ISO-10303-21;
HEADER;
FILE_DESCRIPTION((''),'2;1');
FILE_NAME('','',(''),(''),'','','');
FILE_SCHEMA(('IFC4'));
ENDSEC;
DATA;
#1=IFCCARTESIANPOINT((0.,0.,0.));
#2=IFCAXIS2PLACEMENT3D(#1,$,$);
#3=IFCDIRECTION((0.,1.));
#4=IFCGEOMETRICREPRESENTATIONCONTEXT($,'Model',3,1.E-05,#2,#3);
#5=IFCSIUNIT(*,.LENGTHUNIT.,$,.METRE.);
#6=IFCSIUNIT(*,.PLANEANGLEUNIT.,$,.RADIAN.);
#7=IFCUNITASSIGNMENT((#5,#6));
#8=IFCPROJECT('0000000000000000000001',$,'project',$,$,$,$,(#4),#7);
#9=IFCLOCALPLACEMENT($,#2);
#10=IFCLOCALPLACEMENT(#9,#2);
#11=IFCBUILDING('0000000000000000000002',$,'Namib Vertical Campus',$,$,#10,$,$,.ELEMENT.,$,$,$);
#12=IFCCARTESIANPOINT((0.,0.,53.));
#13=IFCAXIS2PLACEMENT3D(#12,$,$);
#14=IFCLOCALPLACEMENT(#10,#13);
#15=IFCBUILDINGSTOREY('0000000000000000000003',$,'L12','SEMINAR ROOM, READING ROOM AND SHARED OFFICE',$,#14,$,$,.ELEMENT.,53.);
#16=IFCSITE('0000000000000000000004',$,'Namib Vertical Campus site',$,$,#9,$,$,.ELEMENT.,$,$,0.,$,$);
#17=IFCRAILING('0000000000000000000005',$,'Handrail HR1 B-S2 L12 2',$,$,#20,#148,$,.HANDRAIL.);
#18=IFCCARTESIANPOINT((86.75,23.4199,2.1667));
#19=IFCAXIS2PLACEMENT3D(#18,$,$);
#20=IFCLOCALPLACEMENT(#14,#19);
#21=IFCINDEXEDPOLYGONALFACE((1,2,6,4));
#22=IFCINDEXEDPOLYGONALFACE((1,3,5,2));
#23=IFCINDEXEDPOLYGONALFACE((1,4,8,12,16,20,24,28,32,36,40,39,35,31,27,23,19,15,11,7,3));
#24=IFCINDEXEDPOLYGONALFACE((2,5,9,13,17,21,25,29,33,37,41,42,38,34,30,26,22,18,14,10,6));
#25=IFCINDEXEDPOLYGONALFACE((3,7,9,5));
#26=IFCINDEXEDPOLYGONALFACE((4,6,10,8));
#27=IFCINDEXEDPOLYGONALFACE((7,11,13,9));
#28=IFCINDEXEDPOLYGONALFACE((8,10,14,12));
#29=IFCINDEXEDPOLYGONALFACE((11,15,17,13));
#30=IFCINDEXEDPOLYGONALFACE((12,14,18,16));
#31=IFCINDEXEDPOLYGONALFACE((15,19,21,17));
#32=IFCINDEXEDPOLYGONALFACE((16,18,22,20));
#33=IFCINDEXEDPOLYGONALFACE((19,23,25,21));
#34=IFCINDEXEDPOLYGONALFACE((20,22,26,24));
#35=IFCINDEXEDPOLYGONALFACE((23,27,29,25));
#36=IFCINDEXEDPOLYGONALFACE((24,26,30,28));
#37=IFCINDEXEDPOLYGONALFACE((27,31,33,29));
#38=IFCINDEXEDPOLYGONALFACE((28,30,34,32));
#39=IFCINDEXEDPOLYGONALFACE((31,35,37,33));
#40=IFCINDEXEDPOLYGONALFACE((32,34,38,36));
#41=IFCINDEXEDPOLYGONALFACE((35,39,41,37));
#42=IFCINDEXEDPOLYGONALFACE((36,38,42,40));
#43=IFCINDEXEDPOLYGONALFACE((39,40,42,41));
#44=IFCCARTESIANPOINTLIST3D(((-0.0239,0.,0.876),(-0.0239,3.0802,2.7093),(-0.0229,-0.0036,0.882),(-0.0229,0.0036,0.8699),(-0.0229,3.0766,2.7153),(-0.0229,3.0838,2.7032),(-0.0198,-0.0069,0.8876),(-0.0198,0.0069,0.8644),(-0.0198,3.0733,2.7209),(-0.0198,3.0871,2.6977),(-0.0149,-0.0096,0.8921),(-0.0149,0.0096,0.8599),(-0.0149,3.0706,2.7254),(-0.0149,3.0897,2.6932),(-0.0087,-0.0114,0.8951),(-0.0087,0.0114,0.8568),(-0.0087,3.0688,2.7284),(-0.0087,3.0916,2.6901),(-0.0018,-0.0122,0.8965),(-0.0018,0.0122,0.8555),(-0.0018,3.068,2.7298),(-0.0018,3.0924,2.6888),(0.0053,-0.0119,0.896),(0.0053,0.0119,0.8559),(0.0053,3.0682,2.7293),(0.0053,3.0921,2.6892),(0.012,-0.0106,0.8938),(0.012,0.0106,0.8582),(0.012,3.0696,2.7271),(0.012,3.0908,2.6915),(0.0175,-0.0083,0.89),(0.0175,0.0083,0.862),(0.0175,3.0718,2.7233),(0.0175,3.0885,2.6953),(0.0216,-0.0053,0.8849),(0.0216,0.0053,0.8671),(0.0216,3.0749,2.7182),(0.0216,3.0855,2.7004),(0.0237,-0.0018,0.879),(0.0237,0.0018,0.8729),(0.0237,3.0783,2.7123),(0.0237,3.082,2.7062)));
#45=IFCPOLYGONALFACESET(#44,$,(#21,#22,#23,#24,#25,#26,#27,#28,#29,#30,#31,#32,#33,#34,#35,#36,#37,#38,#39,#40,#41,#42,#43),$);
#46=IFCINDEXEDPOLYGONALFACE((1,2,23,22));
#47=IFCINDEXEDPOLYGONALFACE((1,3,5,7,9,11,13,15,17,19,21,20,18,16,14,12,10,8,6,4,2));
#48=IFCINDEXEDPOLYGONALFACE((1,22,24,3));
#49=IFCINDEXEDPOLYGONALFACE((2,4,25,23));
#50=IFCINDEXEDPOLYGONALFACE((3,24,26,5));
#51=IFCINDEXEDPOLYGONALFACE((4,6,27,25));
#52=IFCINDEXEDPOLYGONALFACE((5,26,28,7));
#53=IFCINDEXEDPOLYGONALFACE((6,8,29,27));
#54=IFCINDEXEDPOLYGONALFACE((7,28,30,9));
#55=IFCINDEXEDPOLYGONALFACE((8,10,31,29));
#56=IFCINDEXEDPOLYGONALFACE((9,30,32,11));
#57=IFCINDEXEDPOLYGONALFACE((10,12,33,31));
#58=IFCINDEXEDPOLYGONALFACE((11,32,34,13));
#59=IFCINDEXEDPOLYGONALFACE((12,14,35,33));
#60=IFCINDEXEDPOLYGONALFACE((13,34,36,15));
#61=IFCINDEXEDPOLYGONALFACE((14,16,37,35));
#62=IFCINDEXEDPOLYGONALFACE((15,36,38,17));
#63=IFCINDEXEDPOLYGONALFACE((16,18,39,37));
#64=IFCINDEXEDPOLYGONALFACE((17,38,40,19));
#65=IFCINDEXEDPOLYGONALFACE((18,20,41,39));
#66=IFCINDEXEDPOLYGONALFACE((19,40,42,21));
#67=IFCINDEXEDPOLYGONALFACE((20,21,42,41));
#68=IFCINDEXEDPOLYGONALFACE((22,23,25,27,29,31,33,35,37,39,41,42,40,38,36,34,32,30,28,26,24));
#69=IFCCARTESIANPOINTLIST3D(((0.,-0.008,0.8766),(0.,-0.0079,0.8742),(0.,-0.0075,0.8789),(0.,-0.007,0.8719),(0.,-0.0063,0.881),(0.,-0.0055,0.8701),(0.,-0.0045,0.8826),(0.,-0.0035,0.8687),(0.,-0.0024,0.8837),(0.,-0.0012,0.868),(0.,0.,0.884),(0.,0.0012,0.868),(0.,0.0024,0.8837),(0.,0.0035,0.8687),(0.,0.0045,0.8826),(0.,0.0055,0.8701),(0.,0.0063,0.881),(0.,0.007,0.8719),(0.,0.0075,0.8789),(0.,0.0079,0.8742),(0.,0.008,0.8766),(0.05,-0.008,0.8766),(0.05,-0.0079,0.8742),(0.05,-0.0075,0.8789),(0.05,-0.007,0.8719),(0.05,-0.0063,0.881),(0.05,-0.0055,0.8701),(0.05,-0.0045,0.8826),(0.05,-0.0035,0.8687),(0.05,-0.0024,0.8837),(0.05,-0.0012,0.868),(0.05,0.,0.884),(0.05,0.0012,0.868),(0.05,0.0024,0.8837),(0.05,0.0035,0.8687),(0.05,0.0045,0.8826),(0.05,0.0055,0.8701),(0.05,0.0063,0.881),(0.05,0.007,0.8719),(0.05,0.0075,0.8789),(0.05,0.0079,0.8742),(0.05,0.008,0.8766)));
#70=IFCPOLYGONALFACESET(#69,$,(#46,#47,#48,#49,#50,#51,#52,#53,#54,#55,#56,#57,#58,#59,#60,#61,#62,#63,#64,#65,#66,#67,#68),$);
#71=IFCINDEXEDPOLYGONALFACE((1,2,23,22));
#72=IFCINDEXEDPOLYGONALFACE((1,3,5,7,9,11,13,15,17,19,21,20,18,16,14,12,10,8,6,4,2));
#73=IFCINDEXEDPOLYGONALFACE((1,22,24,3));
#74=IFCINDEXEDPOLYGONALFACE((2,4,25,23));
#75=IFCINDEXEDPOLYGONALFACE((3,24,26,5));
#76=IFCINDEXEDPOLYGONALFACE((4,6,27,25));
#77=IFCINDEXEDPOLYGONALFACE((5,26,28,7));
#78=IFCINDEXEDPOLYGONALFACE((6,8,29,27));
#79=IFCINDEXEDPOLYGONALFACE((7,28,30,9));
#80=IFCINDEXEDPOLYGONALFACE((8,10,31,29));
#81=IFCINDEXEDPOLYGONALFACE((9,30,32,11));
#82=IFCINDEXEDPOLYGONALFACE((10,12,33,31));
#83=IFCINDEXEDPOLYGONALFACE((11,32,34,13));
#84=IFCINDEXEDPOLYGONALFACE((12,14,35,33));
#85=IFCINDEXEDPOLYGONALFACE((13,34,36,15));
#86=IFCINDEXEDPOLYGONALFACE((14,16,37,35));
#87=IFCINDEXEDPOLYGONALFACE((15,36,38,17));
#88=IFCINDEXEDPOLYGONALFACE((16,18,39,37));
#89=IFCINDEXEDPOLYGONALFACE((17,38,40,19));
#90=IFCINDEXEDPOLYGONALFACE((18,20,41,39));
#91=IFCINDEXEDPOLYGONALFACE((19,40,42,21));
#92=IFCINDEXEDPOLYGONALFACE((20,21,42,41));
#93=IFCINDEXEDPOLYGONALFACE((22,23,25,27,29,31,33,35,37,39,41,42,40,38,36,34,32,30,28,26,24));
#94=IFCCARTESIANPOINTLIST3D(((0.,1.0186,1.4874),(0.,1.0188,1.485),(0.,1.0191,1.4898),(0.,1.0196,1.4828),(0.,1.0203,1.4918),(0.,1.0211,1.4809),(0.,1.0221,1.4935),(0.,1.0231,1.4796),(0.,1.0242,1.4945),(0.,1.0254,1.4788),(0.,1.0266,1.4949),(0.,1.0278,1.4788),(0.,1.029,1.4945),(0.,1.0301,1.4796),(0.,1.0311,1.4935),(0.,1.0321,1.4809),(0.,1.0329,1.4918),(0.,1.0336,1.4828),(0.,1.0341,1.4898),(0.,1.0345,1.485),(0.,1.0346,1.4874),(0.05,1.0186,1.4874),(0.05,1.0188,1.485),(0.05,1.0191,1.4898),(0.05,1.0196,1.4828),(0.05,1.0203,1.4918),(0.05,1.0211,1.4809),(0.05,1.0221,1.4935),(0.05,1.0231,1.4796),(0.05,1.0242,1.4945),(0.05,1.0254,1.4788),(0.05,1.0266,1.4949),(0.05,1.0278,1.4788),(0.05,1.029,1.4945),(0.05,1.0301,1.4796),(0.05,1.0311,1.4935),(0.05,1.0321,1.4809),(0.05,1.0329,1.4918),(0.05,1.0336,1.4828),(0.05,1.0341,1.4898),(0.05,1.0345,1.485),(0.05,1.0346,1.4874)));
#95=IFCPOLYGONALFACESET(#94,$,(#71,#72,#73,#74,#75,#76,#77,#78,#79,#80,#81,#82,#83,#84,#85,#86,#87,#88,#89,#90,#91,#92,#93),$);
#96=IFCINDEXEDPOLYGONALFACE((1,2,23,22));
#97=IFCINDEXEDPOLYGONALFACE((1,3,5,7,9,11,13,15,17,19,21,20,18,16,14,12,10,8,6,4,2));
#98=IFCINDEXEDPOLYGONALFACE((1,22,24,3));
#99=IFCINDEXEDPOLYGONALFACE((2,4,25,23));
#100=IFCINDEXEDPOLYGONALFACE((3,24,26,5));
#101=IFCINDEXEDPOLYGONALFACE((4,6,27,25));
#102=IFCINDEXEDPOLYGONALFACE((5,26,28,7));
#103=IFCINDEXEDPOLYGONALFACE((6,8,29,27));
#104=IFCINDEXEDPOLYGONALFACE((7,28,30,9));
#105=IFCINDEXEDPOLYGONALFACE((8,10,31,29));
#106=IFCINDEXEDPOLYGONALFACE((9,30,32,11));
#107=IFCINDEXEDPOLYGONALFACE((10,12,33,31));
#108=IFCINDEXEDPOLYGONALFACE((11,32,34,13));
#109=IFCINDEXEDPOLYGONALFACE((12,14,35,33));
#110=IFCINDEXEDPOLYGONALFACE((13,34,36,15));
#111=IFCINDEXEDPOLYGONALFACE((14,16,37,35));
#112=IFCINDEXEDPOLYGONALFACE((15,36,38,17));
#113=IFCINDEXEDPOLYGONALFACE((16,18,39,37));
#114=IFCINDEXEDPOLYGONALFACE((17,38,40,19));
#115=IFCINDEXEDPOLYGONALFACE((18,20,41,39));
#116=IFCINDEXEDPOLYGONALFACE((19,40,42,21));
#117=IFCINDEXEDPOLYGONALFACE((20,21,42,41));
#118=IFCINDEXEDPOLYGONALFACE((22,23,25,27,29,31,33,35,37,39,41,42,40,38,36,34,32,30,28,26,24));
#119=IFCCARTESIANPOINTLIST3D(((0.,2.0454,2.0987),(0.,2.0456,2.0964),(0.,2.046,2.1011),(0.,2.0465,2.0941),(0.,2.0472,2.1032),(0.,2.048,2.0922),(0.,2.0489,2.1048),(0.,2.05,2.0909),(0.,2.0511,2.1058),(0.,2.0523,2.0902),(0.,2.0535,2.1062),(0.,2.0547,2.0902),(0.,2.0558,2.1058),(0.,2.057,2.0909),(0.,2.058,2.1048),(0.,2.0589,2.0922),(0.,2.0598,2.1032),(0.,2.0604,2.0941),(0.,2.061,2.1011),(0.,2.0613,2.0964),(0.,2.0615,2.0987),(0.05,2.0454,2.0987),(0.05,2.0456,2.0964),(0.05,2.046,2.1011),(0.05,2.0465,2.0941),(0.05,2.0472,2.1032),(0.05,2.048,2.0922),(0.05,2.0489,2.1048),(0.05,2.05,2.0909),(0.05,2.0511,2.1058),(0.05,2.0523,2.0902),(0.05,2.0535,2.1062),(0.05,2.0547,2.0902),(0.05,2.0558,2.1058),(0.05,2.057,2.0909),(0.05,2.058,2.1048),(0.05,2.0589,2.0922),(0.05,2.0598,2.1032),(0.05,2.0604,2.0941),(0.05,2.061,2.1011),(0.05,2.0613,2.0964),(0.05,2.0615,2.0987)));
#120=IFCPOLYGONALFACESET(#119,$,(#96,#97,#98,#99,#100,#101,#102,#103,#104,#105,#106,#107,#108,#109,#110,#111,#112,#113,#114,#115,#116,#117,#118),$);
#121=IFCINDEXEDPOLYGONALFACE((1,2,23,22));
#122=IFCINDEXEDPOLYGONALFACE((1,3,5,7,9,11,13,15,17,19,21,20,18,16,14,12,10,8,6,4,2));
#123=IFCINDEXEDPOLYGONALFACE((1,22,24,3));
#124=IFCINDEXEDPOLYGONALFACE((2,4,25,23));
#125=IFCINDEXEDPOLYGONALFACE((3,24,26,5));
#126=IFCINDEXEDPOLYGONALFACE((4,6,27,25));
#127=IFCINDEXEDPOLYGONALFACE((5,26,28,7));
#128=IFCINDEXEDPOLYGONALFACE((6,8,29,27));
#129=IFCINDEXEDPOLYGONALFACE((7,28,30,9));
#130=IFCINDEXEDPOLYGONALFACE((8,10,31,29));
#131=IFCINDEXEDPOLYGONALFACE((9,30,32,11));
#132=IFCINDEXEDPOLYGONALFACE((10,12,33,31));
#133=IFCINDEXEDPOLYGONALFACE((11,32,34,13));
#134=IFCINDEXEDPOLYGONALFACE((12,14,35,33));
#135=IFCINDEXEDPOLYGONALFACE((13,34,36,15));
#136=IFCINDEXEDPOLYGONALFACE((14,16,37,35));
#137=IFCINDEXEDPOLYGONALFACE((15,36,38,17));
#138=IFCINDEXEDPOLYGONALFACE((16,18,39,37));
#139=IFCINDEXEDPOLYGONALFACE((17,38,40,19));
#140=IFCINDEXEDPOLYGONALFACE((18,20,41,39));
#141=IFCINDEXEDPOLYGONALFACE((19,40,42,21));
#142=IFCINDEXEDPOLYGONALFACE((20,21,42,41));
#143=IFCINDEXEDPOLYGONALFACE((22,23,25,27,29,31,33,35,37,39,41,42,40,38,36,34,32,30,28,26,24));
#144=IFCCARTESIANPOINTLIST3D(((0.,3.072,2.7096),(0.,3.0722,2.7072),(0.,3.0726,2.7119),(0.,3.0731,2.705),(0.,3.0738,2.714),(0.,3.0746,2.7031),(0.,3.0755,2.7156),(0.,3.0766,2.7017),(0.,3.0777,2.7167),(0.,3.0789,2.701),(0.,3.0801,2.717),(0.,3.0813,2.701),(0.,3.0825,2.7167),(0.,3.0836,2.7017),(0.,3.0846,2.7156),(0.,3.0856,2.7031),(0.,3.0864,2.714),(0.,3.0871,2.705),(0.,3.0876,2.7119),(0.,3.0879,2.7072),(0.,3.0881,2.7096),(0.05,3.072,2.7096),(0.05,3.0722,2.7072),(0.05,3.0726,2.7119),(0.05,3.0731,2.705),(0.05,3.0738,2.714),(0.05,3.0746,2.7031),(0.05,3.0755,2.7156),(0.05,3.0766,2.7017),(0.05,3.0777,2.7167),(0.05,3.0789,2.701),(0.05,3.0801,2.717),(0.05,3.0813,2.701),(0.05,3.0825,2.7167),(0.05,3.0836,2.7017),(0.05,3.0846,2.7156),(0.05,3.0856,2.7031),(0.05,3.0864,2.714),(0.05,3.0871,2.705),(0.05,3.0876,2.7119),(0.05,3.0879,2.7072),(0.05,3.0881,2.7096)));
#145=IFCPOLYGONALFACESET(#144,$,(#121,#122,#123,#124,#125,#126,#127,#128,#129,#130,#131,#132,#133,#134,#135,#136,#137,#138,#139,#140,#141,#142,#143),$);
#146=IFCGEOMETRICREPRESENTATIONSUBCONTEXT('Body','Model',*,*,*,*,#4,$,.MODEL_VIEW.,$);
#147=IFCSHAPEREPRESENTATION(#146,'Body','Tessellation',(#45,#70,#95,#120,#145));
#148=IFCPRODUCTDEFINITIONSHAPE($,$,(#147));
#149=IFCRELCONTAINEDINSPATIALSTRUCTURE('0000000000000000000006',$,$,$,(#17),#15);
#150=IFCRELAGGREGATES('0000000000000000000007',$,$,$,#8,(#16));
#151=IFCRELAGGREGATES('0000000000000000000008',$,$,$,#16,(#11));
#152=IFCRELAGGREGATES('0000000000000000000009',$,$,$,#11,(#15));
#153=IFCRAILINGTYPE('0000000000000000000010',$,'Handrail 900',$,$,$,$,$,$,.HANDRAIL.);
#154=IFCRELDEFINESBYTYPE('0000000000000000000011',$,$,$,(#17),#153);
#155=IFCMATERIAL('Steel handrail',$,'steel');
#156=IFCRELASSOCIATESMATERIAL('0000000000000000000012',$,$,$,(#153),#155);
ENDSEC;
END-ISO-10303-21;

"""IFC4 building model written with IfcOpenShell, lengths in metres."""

from ifc_helpers import new_model, si_unit, direction, frame, origin, origin_2d, place, context, subcontext, project, spatial, circle, extrude, material, type_object, element, save


model = new_model("IFC4")

# Units and contexts
model_context = context("Model", 3, precision=1e-05, world=origin(), true_north=direction((0.0, 1.0)))
body_context = subcontext(model_context, "Body", "Model", "MODEL_VIEW")
ifc_project = project(units=[si_unit("LENGTHUNIT", "METRE"), si_unit("PLANEANGLEUNIT", "RADIAN")], contexts=[model_context])

# Site, building, storey
site_placement = place(None, origin())
site = spatial("IfcSite", under=ifc_project, at=site_placement, Name="Namib Vertical Campus site", CompositionType="ELEMENT", RefElevation=0.0)
building_placement = place(site_placement, origin())
building = spatial("IfcBuilding", under=site, at=building_placement, Name="Namib Vertical Campus", CompositionType="ELEMENT")
storey_placement = place(building_placement, frame((0.0, 0.0, 53.0)))
storey = spatial("IfcBuildingStorey", under=building, at=storey_placement, Name="L12", Description="SEMINAR ROOM, READING ROOM AND SHARED OFFICE", CompositionType="ELEMENT", Elevation=53.0)

# Railing
ifc_material_1 = material(Name="Steel handrail", Category="steel")
railing_type_1 = type_object("IfcRailingType", Name="Handrail 900", PredefinedType="HANDRAIL", material=ifc_material_1)
railing_1_placement = place(storey_placement, frame((86.75, 23.4199, 2.1667)))
element("IfcRailing", 1, at=railing_1_placement, inside=storey, type_object=railing_type_1, Name="Handrail HR1 B-S2 L12 2", PredefinedType="HANDRAIL", context=body_context, shape_type="SweptSolid", body=[
    extrude(circle(Radius=0.0239, at=origin_2d()), frame((0.0, 0.0, 0.876), z_axis=(0.0, 0.859309, 0.511458), x_axis=(-1.0, 0.0, 0.0)), (0.0, 0.0, 1.0), 3.5845),
    extrude(circle(Radius=0.0081, at=origin_2d()), frame((0.0, 0.0, 0.876), z_axis=(1.0, 0.0, 0.0), x_axis=(0.0, 0.0, 1.0)), (0.0, 0.0, 1.0), 0.05),
    extrude(circle(Radius=0.0081, at=origin_2d()), frame((0.0, 1.0266, 1.4868), z_axis=(1.0, 0.0, 0.0), x_axis=(0.0, 0.0, 1.0)), (0.0, 0.0, 1.0), 0.05),
    extrude(circle(Radius=0.0081, at=origin_2d()), frame((0.0, 2.0535, 2.0981), z_axis=(1.0, 0.0, 0.0), x_axis=(0.0, 0.0, 1.0)), (0.0, 0.0, 1.0), 0.05),
    extrude(circle(Radius=0.0081, at=origin_2d()), frame((0.0, 3.0801, 2.709), z_axis=(1.0, 0.0, 0.0), x_axis=(0.0, 0.0, 1.0)), (0.0, 0.0, 1.0), 0.05),
])

save(model, "model.ifc")
